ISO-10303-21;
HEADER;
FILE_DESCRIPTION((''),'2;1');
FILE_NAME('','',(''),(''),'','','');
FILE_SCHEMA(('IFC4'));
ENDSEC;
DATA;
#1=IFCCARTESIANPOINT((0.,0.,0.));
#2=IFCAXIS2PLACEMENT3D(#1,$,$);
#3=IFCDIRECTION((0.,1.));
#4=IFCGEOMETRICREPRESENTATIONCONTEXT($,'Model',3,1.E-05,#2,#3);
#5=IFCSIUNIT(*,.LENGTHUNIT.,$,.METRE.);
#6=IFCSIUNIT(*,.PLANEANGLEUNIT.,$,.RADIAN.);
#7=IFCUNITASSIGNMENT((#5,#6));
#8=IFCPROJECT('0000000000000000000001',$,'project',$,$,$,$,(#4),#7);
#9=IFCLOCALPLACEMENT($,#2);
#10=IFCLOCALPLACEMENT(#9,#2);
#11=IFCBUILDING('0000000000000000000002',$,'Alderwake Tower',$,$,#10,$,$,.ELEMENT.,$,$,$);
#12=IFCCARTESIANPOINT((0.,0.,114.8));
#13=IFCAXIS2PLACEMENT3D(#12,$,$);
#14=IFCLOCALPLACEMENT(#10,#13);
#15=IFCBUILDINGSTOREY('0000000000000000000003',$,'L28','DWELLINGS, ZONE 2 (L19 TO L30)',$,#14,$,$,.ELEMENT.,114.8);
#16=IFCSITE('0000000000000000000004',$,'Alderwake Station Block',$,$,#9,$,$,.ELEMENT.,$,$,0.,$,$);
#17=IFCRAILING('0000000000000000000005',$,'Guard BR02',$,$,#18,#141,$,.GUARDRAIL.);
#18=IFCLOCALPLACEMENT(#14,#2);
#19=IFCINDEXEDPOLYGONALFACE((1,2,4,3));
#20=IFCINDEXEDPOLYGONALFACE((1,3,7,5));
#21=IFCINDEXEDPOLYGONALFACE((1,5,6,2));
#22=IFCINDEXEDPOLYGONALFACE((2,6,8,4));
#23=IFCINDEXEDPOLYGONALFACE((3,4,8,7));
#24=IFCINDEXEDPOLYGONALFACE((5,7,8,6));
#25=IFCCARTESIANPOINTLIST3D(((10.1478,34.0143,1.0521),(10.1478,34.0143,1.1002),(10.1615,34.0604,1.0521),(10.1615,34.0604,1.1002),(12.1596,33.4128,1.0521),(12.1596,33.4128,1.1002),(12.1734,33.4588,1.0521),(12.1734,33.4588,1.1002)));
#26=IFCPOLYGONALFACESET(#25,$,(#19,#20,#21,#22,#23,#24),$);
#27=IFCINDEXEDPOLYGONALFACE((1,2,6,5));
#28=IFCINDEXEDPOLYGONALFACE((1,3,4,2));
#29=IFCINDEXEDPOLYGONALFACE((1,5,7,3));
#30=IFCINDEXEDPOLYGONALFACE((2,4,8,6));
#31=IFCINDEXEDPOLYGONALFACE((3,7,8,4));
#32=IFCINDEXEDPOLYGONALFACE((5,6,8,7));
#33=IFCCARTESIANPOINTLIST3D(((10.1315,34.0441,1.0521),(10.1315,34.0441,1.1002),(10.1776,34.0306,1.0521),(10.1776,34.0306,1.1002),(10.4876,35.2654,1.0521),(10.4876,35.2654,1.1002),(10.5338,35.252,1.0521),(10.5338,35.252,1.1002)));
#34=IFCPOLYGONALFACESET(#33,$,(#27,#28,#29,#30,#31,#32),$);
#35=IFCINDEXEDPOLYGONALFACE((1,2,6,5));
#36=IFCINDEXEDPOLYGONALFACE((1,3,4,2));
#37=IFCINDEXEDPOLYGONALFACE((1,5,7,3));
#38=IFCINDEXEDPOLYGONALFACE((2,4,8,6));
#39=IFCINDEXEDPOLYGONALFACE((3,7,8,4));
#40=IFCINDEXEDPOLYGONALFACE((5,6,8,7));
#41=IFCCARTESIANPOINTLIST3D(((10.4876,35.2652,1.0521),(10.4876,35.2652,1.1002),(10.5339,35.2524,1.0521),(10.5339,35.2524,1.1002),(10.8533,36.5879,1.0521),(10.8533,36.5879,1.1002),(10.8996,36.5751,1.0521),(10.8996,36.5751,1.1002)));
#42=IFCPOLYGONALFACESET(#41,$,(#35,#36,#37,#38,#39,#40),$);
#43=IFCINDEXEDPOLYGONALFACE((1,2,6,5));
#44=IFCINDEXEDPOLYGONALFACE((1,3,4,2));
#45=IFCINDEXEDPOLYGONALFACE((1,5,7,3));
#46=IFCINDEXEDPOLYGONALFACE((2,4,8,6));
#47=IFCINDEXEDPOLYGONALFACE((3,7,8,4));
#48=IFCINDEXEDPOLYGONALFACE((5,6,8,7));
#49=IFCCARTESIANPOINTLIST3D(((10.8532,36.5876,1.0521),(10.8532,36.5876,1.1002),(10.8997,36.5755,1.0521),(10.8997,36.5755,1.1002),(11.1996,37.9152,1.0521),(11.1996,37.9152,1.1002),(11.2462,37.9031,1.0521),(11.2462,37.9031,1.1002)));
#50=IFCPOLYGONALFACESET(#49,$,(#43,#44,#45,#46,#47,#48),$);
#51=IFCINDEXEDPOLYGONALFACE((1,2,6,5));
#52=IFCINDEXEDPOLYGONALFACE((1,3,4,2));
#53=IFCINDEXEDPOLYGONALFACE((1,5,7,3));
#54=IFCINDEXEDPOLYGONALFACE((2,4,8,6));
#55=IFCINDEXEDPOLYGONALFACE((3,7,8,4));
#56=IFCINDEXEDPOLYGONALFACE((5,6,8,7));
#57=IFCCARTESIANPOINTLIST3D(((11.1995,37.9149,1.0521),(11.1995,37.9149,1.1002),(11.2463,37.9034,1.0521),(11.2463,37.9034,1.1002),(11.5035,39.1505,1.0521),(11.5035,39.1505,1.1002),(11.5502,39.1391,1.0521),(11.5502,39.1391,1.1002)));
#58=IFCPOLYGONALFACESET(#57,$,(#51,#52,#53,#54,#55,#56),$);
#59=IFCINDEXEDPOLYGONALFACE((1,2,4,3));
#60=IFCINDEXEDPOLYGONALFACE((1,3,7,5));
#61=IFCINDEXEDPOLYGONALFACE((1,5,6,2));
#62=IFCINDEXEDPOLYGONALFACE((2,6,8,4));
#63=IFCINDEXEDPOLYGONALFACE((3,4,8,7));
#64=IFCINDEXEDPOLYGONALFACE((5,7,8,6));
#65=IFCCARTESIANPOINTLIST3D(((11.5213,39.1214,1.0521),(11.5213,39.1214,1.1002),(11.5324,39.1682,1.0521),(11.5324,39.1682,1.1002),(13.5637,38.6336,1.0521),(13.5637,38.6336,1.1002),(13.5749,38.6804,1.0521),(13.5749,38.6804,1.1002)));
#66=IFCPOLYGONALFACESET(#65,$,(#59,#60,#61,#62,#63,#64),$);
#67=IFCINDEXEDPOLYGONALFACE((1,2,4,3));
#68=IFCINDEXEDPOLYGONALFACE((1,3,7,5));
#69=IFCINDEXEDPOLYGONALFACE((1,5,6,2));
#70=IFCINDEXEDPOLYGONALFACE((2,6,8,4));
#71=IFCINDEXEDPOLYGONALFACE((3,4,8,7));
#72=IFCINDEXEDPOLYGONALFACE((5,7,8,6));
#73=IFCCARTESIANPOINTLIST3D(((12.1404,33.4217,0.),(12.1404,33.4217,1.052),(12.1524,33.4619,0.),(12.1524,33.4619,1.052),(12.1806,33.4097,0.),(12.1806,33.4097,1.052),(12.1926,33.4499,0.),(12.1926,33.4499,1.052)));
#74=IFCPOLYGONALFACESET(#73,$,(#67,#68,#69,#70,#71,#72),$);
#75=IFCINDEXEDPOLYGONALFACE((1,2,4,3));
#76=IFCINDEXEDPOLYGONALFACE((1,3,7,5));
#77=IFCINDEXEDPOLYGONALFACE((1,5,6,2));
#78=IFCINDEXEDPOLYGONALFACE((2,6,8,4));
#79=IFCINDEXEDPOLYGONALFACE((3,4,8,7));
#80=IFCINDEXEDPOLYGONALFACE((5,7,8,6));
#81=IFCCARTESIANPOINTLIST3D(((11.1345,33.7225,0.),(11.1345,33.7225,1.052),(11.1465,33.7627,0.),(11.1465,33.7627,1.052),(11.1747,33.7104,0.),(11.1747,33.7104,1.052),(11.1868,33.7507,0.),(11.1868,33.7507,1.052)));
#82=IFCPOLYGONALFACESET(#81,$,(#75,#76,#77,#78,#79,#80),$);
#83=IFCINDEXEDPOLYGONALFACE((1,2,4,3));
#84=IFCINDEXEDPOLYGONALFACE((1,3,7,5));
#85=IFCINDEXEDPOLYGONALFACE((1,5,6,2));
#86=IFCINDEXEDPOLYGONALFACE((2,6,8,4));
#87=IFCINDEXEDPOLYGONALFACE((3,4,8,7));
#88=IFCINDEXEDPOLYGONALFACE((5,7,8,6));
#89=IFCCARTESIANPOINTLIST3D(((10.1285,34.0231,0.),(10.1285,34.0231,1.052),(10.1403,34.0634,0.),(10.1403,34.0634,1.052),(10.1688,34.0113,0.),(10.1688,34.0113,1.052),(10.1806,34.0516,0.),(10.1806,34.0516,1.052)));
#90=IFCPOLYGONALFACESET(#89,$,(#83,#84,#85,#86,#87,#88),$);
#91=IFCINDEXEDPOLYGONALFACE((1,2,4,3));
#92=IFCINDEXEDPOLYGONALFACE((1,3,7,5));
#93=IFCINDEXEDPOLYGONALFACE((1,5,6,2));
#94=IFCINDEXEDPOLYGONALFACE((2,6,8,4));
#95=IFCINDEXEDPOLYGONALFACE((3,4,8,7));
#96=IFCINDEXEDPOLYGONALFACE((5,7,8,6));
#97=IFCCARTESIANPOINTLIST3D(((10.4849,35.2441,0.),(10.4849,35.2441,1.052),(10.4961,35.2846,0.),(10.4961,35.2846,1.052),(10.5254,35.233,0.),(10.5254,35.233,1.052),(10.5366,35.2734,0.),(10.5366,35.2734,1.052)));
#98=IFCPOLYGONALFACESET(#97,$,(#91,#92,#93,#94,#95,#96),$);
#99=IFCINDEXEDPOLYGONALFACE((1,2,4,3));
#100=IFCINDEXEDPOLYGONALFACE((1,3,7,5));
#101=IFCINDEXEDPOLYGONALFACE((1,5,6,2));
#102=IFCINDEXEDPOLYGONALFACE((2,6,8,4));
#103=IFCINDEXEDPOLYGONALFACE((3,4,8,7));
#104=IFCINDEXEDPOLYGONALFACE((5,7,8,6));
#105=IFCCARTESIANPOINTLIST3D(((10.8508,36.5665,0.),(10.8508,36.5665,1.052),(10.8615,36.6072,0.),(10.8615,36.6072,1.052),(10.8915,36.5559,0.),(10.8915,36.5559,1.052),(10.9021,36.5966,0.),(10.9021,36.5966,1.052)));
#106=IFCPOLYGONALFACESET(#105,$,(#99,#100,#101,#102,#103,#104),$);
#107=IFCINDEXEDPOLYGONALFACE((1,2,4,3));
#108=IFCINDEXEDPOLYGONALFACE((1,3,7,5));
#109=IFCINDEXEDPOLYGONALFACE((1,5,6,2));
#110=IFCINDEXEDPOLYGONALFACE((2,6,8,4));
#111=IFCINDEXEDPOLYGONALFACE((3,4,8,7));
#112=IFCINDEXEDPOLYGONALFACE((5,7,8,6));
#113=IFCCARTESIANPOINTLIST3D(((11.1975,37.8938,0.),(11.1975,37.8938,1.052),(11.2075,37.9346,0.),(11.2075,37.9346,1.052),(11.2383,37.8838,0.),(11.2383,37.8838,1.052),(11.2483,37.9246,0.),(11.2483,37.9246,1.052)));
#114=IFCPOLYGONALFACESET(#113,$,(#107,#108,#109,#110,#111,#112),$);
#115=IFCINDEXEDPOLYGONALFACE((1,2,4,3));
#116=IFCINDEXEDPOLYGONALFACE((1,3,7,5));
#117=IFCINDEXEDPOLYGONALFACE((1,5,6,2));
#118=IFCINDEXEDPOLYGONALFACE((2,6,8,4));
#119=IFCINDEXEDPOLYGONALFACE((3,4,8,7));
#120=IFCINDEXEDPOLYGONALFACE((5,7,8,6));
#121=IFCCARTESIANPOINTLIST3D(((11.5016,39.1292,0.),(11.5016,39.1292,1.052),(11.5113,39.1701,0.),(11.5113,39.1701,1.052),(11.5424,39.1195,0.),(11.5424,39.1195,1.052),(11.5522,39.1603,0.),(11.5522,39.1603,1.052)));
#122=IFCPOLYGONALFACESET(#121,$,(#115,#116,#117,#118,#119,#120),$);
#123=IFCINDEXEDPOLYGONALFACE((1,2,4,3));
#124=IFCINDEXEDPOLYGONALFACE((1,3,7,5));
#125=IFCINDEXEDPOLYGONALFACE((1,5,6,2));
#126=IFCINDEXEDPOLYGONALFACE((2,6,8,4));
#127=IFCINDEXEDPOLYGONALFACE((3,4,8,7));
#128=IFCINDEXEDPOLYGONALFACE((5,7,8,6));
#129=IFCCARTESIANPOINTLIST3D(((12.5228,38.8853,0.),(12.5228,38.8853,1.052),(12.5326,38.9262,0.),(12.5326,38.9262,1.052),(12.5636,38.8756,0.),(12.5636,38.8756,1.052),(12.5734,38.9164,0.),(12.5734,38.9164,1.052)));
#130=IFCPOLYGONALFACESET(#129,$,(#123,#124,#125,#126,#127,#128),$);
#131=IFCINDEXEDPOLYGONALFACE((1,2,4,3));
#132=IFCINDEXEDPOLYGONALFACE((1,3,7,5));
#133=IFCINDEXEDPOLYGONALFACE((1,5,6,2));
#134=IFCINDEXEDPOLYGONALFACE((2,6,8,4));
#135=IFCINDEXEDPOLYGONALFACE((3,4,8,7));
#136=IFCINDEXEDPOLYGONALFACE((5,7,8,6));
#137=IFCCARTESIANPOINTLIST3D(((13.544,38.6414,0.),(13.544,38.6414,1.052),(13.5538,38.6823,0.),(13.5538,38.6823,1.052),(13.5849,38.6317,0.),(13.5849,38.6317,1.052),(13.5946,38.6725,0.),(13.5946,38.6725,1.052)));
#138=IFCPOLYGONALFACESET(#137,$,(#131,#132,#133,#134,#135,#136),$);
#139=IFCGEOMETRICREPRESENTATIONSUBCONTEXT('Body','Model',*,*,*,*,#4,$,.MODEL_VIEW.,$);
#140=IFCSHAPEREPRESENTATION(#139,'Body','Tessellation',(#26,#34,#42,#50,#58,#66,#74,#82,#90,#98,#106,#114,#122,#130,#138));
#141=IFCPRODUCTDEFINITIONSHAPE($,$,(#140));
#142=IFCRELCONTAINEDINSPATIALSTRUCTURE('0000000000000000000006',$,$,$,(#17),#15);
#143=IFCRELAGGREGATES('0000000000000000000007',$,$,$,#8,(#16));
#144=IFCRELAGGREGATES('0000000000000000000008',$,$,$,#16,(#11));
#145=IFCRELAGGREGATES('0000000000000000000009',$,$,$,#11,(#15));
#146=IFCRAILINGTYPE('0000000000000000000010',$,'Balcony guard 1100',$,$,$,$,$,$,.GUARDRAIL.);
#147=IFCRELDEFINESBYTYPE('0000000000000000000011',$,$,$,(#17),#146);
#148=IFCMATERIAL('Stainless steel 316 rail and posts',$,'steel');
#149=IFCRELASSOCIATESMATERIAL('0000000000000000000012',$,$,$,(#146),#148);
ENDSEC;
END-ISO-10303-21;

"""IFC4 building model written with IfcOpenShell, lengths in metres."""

from ifc_helpers import new_model, si_unit, direction, frame, origin, origin_2d, place, context, subcontext, project, spatial, rectangle, extrude, material, type_object, element, save


model = new_model("IFC4")

# Units and contexts
model_context = context("Model", 3, precision=1e-05, world=origin(), true_north=direction((0.0, 1.0)))
body_context = subcontext(model_context, "Body", "Model", "MODEL_VIEW")
ifc_project = project(units=[si_unit("LENGTHUNIT", "METRE"), si_unit("PLANEANGLEUNIT", "RADIAN")], contexts=[model_context])

# Site, building, storey
site_placement = place(None, origin())
site = spatial("IfcSite", under=ifc_project, at=site_placement, Name="Alderwake Station Block", CompositionType="ELEMENT", RefElevation=0.0)
building_placement = place(site_placement, origin())
building = spatial("IfcBuilding", under=site, at=building_placement, Name="Alderwake Tower", CompositionType="ELEMENT")
storey_placement = place(building_placement, frame((0.0, 0.0, 114.8)))
storey = spatial("IfcBuildingStorey", under=building, at=storey_placement, Name="L28", Description="DWELLINGS, ZONE 2 (L19 TO L30)", CompositionType="ELEMENT", Elevation=114.8)

# Railing
ifc_material_1 = material(Name="Stainless steel 316 rail and posts", Category="steel")
railing_type = type_object("IfcRailingType", Name="Balcony guard 1100", PredefinedType="GUARDRAIL", material=ifc_material_1)
railing_1_placement = place(storey_placement, frame((12.1665, 33.4358, 0.0)))
element("IfcRailing", 1, at=railing_1_placement, inside=storey, type_object=railing_type, Name="Guard BR02", PredefinedType="GUARDRAIL", context=body_context, shape_type="SweptSolid", body=[
    extrude(rectangle(XDim=0.0481, YDim=0.0481, at=origin_2d()), frame((0.0, 0.0, 1.0762), z_axis=(-0.958091, 0.286462, 0.0), x_axis=(-0.286462, -0.958091, 0.0)), (0.0, 0.0, 1.0), 2.0999),
    extrude(rectangle(XDim=0.0481, YDim=0.0481, at=origin_2d()), frame((-2.012, 0.6016, 1.0762), z_axis=(0.279963, 0.960011, 0.0), x_axis=(-0.960011, 0.279963, 0.0)), (0.0, 0.0, 1.0), 1.2722),
    extrude(rectangle(XDim=0.0481, YDim=0.0481, at=origin_2d()), frame((-1.6558, 1.823, 1.0762), z_axis=(0.266488, 0.963838, 0.0), x_axis=(-0.963838, 0.266488, 0.0)), (0.0, 0.0, 1.0), 1.3723),
    extrude(rectangle(XDim=0.0481, YDim=0.0481, at=origin_2d()), frame((-1.29, 3.1458, 1.0762), z_axis=(0.252487, 0.9676, 0.0), x_axis=(-0.9676, 0.252487, 0.0)), (0.0, 0.0, 1.0), 1.3721),
    extrude(rectangle(XDim=0.0481, YDim=0.0481, at=origin_2d()), frame((-0.9436, 4.4734, 1.0762), z_axis=(0.238877, 0.97105, 0.0), x_axis=(-0.97105, 0.238877, 0.0)), (0.0, 0.0, 1.0), 1.2725),
    extrude(rectangle(XDim=0.0481, YDim=0.0481, at=origin_2d()), frame((-0.6396, 5.709, 1.0762), z_axis=(0.972646, -0.232291, 0.0), x_axis=(0.232291, 0.972646, 0.0)), (0.0, 0.0, 1.0), 2.0999),
    extrude(rectangle(XDim=0.042, YDim=0.042, at=origin_2d()), frame((0.0, 0.0, 0.0), z_axis=(0.0, 0.0, 1.0), x_axis=(-0.958091, 0.286462, 0.0)), (0.0, 0.0, 1.0), 1.052),
    extrude(rectangle(XDim=0.042, YDim=0.042, at=origin_2d()), frame((-1.0059, 0.3008, 0.0), z_axis=(0.0, 0.0, 1.0), x_axis=(-0.958091, 0.286462, 0.0)), (0.0, 0.0, 1.0), 1.052),
    extrude(rectangle(XDim=0.042, YDim=0.042, at=origin_2d()), frame((-2.012, 0.6016, 0.0), z_axis=(0.0, 0.0, 1.0), x_axis=(0.279963, 0.960011, 0.0)), (0.0, 0.0, 1.0), 1.052),
    extrude(rectangle(XDim=0.042, YDim=0.042, at=origin_2d()), frame((-1.6558, 1.823, 0.0), z_axis=(0.0, 0.0, 1.0), x_axis=(0.266488, 0.963838, 0.0)), (0.0, 0.0, 1.0), 1.052),
    extrude(rectangle(XDim=0.042, YDim=0.042, at=origin_2d()), frame((-1.29, 3.1458, 0.0), z_axis=(0.0, 0.0, 1.0), x_axis=(0.252487, 0.9676, 0.0)), (0.0, 0.0, 1.0), 1.052),
    extrude(rectangle(XDim=0.042, YDim=0.042, at=origin_2d()), frame((-0.9436, 4.4734, 0.0), z_axis=(0.0, 0.0, 1.0), x_axis=(0.238877, 0.97105, 0.0)), (0.0, 0.0, 1.0), 1.052),
    extrude(rectangle(XDim=0.042, YDim=0.042, at=origin_2d()), frame((-0.6396, 5.709, 0.0), z_axis=(0.0, 0.0, 1.0), x_axis=(0.972646, -0.232291, 0.0)), (0.0, 0.0, 1.0), 1.052),
    extrude(rectangle(XDim=0.042, YDim=0.042, at=origin_2d()), frame((0.3816, 5.4651, 0.0), z_axis=(0.0, 0.0, 1.0), x_axis=(0.972646, -0.232291, 0.0)), (0.0, 0.0, 1.0), 1.052),
    extrude(rectangle(XDim=0.042, YDim=0.042, at=origin_2d()), frame((1.4028, 5.2212, 0.0), z_axis=(0.0, 0.0, 1.0), x_axis=(0.972646, -0.232291, 0.0)), (0.0, 0.0, 1.0), 1.052),
])

save(model, "model.ifc")
